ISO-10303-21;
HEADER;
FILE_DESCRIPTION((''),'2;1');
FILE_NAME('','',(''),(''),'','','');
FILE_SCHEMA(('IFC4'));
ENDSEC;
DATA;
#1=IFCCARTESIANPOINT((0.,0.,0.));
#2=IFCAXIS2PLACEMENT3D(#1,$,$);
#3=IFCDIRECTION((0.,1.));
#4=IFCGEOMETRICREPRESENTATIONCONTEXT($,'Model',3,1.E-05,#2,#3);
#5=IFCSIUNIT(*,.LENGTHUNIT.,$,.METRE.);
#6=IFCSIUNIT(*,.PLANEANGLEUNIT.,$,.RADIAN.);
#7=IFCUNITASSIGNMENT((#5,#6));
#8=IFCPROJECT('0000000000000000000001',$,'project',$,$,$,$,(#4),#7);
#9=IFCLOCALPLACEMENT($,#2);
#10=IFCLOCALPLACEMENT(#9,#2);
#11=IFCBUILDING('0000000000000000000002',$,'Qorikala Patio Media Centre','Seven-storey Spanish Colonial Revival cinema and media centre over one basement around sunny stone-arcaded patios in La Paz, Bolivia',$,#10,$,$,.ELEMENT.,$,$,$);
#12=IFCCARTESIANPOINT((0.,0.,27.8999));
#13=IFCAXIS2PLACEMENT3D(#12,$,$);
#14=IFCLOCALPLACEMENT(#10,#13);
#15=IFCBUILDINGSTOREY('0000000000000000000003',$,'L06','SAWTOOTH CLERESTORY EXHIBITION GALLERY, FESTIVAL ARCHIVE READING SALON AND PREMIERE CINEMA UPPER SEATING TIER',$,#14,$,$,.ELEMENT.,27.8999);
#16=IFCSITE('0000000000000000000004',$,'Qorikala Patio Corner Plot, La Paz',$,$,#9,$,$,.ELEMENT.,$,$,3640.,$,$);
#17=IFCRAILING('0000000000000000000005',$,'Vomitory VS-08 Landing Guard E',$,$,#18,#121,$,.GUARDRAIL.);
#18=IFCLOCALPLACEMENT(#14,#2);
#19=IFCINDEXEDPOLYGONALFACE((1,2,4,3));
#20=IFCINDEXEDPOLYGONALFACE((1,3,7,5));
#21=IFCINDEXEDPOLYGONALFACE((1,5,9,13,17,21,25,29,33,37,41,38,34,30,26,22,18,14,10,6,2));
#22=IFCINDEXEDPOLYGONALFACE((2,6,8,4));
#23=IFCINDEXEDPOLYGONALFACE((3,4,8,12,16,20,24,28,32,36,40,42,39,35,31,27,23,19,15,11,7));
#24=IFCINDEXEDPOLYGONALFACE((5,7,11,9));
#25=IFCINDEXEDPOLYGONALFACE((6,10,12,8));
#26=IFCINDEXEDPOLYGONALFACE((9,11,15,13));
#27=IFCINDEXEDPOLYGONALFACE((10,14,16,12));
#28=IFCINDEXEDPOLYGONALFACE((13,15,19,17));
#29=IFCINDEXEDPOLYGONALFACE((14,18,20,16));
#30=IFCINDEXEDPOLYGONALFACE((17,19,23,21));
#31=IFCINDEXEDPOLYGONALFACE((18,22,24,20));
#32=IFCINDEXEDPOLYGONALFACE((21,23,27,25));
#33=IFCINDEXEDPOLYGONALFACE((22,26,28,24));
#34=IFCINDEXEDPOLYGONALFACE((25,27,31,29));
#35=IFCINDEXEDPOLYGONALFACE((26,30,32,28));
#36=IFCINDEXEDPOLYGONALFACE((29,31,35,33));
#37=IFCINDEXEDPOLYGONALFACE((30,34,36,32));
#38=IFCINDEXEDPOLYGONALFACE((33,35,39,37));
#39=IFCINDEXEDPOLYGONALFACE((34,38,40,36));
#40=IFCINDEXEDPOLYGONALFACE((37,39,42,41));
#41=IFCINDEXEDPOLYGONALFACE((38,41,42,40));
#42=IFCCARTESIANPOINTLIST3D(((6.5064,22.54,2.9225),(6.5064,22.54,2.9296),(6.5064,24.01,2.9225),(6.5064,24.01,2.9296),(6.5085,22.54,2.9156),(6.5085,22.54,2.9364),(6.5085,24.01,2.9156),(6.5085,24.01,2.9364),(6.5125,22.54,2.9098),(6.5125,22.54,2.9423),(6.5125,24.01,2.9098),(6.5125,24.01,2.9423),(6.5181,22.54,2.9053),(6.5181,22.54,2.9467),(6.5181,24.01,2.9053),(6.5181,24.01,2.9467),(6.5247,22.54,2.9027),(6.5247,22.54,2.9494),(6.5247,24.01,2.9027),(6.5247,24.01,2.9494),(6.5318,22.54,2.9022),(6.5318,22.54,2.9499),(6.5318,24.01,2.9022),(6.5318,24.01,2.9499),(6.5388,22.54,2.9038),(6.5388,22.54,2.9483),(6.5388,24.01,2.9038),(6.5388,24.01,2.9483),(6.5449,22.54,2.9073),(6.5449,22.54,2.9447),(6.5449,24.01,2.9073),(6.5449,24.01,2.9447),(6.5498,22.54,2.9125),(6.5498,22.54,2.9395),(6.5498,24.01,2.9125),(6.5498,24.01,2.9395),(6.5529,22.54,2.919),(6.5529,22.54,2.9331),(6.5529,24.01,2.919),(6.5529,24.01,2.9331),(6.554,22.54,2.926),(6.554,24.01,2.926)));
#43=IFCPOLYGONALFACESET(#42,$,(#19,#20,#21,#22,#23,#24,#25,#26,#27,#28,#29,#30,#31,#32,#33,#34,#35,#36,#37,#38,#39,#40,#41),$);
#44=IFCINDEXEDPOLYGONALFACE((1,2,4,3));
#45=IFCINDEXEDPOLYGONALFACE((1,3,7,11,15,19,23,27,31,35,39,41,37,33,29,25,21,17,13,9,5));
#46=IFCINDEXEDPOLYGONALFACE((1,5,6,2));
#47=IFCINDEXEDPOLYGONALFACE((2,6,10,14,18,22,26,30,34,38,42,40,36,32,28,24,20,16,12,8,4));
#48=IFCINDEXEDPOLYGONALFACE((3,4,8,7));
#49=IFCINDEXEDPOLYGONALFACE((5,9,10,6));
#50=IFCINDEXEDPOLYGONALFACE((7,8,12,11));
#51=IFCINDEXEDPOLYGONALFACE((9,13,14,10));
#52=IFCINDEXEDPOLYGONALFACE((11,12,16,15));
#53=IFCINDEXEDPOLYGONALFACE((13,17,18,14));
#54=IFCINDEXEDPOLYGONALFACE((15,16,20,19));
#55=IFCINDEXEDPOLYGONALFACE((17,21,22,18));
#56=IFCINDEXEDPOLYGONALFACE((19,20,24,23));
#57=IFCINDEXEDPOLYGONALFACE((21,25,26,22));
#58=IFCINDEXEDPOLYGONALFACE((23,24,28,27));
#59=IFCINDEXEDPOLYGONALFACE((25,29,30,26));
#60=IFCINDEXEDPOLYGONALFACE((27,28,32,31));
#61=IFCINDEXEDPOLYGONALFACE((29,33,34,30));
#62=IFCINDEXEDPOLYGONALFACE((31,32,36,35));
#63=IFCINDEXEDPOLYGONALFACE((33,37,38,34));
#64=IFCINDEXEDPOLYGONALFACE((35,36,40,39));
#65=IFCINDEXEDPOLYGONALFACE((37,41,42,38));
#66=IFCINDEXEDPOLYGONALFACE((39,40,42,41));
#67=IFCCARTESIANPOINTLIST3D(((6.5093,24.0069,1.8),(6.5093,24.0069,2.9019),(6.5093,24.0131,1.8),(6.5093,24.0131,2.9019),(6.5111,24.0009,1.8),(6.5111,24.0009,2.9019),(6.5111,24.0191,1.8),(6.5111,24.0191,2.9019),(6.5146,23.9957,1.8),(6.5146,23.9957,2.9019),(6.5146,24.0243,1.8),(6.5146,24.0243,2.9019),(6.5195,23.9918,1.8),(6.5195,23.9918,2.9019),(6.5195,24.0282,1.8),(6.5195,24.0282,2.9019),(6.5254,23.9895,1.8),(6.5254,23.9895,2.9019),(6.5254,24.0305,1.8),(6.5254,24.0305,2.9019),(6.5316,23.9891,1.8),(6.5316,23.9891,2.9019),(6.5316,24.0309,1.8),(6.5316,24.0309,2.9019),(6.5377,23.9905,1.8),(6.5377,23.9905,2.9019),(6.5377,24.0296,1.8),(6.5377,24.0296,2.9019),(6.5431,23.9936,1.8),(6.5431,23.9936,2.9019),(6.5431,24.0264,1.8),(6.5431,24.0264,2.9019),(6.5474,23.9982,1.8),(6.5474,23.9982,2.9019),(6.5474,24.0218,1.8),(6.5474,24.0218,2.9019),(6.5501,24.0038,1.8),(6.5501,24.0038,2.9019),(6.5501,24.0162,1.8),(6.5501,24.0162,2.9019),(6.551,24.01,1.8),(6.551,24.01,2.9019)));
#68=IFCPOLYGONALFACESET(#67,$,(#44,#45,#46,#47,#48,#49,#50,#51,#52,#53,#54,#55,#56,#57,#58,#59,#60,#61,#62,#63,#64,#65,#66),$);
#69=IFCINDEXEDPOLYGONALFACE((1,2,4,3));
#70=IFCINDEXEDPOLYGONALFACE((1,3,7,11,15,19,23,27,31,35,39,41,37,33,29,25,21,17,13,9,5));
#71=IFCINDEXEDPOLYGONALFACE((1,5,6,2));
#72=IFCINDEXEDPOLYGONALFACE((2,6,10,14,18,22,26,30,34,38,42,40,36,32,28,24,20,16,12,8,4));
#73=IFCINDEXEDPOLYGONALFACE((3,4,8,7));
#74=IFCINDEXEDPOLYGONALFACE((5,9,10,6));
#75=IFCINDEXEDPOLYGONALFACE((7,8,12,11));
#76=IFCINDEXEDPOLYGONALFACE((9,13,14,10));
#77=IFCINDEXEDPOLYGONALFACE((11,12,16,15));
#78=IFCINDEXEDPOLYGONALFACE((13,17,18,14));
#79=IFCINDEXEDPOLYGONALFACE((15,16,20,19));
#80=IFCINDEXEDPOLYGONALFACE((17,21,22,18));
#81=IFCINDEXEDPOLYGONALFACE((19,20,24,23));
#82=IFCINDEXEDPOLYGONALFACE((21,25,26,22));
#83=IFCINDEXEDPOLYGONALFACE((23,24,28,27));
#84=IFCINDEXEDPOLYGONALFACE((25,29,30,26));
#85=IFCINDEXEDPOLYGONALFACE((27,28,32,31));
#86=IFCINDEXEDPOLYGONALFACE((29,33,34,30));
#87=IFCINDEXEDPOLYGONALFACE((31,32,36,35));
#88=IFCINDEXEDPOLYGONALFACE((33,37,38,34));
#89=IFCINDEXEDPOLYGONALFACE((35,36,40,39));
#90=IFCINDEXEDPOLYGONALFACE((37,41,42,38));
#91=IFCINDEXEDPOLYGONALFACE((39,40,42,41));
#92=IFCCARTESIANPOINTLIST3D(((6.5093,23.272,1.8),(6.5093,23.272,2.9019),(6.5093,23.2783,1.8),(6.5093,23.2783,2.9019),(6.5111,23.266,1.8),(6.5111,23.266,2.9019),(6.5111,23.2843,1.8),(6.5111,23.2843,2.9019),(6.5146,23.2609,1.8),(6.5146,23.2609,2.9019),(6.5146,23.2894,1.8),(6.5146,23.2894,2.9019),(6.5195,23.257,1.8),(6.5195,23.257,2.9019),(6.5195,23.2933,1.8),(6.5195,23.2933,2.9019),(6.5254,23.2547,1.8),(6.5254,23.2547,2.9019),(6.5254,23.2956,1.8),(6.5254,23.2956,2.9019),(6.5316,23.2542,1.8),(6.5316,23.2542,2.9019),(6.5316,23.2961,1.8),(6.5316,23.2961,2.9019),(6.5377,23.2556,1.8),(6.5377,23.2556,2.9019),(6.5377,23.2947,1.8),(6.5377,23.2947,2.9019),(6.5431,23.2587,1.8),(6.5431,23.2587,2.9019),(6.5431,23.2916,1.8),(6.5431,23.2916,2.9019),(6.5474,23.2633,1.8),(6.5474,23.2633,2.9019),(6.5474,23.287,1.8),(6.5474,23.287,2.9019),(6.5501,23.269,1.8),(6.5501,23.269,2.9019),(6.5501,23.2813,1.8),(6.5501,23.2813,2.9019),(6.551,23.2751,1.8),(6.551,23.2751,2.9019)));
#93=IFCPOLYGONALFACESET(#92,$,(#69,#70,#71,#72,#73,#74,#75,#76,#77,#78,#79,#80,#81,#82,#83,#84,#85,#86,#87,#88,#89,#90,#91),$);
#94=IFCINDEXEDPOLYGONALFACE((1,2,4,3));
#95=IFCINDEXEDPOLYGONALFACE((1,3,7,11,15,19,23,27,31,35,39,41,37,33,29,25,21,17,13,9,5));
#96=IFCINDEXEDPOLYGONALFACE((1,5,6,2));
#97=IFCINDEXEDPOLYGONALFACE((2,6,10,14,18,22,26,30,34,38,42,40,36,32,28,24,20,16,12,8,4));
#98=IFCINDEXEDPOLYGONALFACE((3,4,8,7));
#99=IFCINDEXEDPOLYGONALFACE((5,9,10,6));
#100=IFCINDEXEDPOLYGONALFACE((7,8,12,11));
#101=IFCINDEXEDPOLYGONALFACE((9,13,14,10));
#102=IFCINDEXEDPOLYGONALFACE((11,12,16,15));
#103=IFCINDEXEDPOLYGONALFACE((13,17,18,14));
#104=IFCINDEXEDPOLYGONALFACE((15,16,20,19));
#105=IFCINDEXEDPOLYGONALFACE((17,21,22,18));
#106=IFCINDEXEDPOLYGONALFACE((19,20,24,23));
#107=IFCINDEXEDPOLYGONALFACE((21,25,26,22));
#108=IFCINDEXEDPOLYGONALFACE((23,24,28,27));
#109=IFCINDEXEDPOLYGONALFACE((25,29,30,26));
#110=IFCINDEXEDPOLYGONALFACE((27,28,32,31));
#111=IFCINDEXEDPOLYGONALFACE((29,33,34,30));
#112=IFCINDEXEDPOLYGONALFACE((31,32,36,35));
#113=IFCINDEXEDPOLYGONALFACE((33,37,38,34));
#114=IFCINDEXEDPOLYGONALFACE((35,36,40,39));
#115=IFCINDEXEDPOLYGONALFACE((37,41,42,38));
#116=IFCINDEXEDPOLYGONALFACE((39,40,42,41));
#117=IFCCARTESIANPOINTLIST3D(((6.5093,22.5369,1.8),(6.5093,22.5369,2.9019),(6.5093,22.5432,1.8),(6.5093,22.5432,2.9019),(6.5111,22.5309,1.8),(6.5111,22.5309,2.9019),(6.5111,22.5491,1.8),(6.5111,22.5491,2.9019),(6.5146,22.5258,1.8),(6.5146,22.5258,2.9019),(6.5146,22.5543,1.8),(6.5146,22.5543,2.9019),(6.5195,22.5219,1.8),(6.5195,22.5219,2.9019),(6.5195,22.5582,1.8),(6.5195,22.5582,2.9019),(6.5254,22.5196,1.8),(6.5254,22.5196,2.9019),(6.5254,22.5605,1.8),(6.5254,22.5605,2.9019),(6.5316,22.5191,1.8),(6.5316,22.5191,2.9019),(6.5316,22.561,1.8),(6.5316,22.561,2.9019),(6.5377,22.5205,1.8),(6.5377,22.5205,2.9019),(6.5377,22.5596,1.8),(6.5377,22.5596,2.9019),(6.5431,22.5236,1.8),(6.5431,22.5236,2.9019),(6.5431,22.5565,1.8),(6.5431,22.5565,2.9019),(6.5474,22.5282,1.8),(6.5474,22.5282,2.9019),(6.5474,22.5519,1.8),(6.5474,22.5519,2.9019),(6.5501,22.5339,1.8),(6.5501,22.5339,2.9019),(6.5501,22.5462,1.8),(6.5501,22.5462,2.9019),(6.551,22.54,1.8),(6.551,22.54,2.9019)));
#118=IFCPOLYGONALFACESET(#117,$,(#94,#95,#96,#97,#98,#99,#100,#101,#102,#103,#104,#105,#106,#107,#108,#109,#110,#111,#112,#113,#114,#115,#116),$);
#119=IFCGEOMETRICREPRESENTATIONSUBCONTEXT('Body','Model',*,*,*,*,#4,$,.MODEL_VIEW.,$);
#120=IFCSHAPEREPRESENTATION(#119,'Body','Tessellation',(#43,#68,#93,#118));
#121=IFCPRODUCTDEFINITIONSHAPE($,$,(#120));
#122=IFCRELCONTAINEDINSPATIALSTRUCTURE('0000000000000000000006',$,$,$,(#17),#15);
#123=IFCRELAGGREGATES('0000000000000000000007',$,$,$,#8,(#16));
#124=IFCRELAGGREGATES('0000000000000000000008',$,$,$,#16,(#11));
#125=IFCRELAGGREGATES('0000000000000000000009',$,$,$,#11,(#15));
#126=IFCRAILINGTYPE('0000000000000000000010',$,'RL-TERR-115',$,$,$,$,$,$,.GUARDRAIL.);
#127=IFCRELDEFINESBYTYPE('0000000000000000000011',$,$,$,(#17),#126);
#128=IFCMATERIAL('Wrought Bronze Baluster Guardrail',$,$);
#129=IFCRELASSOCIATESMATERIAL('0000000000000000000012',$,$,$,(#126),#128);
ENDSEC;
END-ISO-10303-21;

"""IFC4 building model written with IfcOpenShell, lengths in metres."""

from ifc_helpers import new_model, si_unit, direction, frame, origin, origin_2d, place, context, subcontext, project, spatial, circle, extrude, material, type_object, element, save


model = new_model("IFC4")

# Units and contexts
model_context = context("Model", 3, precision=1e-05, world=origin(), true_north=direction((0.0, 1.0)))
body_context = subcontext(model_context, "Body", "Model", "MODEL_VIEW")
ifc_project = project(units=[si_unit("LENGTHUNIT", "METRE"), si_unit("PLANEANGLEUNIT", "RADIAN")], contexts=[model_context])

# Site, building, storey
site_placement = place(None, origin())
site = spatial("IfcSite", under=ifc_project, at=site_placement, Name="Qorikala Patio Corner Plot, La Paz", CompositionType="ELEMENT", RefElevation=3640.0)
building_placement = place(site_placement, origin())
building = spatial("IfcBuilding", under=site, at=building_placement, Name="Qorikala Patio Media Centre", Description="Seven-storey Spanish Colonial Revival cinema and media centre over one basement around sunny stone-arcaded patios in La Paz, Bolivia", CompositionType="ELEMENT")
storey_placement = place(building_placement, frame((0.0, 0.0, 27.8999)))
storey = spatial("IfcBuildingStorey", under=building, at=storey_placement, Name="L06", Description="SAWTOOTH CLERESTORY EXHIBITION GALLERY, FESTIVAL ARCHIVE READING SALON AND PREMIERE CINEMA UPPER SEATING TIER", CompositionType="ELEMENT", Elevation=27.8999)

# Railing
ifc_material_1 = material(Name="Wrought Bronze Baluster Guardrail")
railing_type = type_object("IfcRailingType", Name="RL-TERR-115", PredefinedType="GUARDRAIL", material=ifc_material_1)
railing_1_placement = place(storey_placement, frame((6.53, 24.01, 1.8)))
element("IfcRailing", 1, at=railing_1_placement, inside=storey, type_object=railing_type, Name="Vomitory VS-08 Landing Guard E", PredefinedType="GUARDRAIL", context=body_context, shape_type="SweptSolid", body=[
    extrude(circle(Radius=0.0239, at=origin_2d()), frame((0.0, 0.0, 1.126), z_axis=(0.0, -1.0, 0.0), x_axis=(1.0, 0.0, 0.0)), (0.0, 0.0, 1.0), 1.47),
    extrude(circle(Radius=0.021, at=origin_2d()), origin(), (0.0, 0.0, 1.0), 1.1018),
    extrude(circle(Radius=0.021, at=origin_2d()), frame((0.0, -0.7349, 0.0)), (0.0, 0.0, 1.0), 1.1018),
    extrude(circle(Radius=0.021, at=origin_2d()), frame((0.0, -1.47, 0.0)), (0.0, 0.0, 1.0), 1.1018),
])

save(model, "model.ifc")
